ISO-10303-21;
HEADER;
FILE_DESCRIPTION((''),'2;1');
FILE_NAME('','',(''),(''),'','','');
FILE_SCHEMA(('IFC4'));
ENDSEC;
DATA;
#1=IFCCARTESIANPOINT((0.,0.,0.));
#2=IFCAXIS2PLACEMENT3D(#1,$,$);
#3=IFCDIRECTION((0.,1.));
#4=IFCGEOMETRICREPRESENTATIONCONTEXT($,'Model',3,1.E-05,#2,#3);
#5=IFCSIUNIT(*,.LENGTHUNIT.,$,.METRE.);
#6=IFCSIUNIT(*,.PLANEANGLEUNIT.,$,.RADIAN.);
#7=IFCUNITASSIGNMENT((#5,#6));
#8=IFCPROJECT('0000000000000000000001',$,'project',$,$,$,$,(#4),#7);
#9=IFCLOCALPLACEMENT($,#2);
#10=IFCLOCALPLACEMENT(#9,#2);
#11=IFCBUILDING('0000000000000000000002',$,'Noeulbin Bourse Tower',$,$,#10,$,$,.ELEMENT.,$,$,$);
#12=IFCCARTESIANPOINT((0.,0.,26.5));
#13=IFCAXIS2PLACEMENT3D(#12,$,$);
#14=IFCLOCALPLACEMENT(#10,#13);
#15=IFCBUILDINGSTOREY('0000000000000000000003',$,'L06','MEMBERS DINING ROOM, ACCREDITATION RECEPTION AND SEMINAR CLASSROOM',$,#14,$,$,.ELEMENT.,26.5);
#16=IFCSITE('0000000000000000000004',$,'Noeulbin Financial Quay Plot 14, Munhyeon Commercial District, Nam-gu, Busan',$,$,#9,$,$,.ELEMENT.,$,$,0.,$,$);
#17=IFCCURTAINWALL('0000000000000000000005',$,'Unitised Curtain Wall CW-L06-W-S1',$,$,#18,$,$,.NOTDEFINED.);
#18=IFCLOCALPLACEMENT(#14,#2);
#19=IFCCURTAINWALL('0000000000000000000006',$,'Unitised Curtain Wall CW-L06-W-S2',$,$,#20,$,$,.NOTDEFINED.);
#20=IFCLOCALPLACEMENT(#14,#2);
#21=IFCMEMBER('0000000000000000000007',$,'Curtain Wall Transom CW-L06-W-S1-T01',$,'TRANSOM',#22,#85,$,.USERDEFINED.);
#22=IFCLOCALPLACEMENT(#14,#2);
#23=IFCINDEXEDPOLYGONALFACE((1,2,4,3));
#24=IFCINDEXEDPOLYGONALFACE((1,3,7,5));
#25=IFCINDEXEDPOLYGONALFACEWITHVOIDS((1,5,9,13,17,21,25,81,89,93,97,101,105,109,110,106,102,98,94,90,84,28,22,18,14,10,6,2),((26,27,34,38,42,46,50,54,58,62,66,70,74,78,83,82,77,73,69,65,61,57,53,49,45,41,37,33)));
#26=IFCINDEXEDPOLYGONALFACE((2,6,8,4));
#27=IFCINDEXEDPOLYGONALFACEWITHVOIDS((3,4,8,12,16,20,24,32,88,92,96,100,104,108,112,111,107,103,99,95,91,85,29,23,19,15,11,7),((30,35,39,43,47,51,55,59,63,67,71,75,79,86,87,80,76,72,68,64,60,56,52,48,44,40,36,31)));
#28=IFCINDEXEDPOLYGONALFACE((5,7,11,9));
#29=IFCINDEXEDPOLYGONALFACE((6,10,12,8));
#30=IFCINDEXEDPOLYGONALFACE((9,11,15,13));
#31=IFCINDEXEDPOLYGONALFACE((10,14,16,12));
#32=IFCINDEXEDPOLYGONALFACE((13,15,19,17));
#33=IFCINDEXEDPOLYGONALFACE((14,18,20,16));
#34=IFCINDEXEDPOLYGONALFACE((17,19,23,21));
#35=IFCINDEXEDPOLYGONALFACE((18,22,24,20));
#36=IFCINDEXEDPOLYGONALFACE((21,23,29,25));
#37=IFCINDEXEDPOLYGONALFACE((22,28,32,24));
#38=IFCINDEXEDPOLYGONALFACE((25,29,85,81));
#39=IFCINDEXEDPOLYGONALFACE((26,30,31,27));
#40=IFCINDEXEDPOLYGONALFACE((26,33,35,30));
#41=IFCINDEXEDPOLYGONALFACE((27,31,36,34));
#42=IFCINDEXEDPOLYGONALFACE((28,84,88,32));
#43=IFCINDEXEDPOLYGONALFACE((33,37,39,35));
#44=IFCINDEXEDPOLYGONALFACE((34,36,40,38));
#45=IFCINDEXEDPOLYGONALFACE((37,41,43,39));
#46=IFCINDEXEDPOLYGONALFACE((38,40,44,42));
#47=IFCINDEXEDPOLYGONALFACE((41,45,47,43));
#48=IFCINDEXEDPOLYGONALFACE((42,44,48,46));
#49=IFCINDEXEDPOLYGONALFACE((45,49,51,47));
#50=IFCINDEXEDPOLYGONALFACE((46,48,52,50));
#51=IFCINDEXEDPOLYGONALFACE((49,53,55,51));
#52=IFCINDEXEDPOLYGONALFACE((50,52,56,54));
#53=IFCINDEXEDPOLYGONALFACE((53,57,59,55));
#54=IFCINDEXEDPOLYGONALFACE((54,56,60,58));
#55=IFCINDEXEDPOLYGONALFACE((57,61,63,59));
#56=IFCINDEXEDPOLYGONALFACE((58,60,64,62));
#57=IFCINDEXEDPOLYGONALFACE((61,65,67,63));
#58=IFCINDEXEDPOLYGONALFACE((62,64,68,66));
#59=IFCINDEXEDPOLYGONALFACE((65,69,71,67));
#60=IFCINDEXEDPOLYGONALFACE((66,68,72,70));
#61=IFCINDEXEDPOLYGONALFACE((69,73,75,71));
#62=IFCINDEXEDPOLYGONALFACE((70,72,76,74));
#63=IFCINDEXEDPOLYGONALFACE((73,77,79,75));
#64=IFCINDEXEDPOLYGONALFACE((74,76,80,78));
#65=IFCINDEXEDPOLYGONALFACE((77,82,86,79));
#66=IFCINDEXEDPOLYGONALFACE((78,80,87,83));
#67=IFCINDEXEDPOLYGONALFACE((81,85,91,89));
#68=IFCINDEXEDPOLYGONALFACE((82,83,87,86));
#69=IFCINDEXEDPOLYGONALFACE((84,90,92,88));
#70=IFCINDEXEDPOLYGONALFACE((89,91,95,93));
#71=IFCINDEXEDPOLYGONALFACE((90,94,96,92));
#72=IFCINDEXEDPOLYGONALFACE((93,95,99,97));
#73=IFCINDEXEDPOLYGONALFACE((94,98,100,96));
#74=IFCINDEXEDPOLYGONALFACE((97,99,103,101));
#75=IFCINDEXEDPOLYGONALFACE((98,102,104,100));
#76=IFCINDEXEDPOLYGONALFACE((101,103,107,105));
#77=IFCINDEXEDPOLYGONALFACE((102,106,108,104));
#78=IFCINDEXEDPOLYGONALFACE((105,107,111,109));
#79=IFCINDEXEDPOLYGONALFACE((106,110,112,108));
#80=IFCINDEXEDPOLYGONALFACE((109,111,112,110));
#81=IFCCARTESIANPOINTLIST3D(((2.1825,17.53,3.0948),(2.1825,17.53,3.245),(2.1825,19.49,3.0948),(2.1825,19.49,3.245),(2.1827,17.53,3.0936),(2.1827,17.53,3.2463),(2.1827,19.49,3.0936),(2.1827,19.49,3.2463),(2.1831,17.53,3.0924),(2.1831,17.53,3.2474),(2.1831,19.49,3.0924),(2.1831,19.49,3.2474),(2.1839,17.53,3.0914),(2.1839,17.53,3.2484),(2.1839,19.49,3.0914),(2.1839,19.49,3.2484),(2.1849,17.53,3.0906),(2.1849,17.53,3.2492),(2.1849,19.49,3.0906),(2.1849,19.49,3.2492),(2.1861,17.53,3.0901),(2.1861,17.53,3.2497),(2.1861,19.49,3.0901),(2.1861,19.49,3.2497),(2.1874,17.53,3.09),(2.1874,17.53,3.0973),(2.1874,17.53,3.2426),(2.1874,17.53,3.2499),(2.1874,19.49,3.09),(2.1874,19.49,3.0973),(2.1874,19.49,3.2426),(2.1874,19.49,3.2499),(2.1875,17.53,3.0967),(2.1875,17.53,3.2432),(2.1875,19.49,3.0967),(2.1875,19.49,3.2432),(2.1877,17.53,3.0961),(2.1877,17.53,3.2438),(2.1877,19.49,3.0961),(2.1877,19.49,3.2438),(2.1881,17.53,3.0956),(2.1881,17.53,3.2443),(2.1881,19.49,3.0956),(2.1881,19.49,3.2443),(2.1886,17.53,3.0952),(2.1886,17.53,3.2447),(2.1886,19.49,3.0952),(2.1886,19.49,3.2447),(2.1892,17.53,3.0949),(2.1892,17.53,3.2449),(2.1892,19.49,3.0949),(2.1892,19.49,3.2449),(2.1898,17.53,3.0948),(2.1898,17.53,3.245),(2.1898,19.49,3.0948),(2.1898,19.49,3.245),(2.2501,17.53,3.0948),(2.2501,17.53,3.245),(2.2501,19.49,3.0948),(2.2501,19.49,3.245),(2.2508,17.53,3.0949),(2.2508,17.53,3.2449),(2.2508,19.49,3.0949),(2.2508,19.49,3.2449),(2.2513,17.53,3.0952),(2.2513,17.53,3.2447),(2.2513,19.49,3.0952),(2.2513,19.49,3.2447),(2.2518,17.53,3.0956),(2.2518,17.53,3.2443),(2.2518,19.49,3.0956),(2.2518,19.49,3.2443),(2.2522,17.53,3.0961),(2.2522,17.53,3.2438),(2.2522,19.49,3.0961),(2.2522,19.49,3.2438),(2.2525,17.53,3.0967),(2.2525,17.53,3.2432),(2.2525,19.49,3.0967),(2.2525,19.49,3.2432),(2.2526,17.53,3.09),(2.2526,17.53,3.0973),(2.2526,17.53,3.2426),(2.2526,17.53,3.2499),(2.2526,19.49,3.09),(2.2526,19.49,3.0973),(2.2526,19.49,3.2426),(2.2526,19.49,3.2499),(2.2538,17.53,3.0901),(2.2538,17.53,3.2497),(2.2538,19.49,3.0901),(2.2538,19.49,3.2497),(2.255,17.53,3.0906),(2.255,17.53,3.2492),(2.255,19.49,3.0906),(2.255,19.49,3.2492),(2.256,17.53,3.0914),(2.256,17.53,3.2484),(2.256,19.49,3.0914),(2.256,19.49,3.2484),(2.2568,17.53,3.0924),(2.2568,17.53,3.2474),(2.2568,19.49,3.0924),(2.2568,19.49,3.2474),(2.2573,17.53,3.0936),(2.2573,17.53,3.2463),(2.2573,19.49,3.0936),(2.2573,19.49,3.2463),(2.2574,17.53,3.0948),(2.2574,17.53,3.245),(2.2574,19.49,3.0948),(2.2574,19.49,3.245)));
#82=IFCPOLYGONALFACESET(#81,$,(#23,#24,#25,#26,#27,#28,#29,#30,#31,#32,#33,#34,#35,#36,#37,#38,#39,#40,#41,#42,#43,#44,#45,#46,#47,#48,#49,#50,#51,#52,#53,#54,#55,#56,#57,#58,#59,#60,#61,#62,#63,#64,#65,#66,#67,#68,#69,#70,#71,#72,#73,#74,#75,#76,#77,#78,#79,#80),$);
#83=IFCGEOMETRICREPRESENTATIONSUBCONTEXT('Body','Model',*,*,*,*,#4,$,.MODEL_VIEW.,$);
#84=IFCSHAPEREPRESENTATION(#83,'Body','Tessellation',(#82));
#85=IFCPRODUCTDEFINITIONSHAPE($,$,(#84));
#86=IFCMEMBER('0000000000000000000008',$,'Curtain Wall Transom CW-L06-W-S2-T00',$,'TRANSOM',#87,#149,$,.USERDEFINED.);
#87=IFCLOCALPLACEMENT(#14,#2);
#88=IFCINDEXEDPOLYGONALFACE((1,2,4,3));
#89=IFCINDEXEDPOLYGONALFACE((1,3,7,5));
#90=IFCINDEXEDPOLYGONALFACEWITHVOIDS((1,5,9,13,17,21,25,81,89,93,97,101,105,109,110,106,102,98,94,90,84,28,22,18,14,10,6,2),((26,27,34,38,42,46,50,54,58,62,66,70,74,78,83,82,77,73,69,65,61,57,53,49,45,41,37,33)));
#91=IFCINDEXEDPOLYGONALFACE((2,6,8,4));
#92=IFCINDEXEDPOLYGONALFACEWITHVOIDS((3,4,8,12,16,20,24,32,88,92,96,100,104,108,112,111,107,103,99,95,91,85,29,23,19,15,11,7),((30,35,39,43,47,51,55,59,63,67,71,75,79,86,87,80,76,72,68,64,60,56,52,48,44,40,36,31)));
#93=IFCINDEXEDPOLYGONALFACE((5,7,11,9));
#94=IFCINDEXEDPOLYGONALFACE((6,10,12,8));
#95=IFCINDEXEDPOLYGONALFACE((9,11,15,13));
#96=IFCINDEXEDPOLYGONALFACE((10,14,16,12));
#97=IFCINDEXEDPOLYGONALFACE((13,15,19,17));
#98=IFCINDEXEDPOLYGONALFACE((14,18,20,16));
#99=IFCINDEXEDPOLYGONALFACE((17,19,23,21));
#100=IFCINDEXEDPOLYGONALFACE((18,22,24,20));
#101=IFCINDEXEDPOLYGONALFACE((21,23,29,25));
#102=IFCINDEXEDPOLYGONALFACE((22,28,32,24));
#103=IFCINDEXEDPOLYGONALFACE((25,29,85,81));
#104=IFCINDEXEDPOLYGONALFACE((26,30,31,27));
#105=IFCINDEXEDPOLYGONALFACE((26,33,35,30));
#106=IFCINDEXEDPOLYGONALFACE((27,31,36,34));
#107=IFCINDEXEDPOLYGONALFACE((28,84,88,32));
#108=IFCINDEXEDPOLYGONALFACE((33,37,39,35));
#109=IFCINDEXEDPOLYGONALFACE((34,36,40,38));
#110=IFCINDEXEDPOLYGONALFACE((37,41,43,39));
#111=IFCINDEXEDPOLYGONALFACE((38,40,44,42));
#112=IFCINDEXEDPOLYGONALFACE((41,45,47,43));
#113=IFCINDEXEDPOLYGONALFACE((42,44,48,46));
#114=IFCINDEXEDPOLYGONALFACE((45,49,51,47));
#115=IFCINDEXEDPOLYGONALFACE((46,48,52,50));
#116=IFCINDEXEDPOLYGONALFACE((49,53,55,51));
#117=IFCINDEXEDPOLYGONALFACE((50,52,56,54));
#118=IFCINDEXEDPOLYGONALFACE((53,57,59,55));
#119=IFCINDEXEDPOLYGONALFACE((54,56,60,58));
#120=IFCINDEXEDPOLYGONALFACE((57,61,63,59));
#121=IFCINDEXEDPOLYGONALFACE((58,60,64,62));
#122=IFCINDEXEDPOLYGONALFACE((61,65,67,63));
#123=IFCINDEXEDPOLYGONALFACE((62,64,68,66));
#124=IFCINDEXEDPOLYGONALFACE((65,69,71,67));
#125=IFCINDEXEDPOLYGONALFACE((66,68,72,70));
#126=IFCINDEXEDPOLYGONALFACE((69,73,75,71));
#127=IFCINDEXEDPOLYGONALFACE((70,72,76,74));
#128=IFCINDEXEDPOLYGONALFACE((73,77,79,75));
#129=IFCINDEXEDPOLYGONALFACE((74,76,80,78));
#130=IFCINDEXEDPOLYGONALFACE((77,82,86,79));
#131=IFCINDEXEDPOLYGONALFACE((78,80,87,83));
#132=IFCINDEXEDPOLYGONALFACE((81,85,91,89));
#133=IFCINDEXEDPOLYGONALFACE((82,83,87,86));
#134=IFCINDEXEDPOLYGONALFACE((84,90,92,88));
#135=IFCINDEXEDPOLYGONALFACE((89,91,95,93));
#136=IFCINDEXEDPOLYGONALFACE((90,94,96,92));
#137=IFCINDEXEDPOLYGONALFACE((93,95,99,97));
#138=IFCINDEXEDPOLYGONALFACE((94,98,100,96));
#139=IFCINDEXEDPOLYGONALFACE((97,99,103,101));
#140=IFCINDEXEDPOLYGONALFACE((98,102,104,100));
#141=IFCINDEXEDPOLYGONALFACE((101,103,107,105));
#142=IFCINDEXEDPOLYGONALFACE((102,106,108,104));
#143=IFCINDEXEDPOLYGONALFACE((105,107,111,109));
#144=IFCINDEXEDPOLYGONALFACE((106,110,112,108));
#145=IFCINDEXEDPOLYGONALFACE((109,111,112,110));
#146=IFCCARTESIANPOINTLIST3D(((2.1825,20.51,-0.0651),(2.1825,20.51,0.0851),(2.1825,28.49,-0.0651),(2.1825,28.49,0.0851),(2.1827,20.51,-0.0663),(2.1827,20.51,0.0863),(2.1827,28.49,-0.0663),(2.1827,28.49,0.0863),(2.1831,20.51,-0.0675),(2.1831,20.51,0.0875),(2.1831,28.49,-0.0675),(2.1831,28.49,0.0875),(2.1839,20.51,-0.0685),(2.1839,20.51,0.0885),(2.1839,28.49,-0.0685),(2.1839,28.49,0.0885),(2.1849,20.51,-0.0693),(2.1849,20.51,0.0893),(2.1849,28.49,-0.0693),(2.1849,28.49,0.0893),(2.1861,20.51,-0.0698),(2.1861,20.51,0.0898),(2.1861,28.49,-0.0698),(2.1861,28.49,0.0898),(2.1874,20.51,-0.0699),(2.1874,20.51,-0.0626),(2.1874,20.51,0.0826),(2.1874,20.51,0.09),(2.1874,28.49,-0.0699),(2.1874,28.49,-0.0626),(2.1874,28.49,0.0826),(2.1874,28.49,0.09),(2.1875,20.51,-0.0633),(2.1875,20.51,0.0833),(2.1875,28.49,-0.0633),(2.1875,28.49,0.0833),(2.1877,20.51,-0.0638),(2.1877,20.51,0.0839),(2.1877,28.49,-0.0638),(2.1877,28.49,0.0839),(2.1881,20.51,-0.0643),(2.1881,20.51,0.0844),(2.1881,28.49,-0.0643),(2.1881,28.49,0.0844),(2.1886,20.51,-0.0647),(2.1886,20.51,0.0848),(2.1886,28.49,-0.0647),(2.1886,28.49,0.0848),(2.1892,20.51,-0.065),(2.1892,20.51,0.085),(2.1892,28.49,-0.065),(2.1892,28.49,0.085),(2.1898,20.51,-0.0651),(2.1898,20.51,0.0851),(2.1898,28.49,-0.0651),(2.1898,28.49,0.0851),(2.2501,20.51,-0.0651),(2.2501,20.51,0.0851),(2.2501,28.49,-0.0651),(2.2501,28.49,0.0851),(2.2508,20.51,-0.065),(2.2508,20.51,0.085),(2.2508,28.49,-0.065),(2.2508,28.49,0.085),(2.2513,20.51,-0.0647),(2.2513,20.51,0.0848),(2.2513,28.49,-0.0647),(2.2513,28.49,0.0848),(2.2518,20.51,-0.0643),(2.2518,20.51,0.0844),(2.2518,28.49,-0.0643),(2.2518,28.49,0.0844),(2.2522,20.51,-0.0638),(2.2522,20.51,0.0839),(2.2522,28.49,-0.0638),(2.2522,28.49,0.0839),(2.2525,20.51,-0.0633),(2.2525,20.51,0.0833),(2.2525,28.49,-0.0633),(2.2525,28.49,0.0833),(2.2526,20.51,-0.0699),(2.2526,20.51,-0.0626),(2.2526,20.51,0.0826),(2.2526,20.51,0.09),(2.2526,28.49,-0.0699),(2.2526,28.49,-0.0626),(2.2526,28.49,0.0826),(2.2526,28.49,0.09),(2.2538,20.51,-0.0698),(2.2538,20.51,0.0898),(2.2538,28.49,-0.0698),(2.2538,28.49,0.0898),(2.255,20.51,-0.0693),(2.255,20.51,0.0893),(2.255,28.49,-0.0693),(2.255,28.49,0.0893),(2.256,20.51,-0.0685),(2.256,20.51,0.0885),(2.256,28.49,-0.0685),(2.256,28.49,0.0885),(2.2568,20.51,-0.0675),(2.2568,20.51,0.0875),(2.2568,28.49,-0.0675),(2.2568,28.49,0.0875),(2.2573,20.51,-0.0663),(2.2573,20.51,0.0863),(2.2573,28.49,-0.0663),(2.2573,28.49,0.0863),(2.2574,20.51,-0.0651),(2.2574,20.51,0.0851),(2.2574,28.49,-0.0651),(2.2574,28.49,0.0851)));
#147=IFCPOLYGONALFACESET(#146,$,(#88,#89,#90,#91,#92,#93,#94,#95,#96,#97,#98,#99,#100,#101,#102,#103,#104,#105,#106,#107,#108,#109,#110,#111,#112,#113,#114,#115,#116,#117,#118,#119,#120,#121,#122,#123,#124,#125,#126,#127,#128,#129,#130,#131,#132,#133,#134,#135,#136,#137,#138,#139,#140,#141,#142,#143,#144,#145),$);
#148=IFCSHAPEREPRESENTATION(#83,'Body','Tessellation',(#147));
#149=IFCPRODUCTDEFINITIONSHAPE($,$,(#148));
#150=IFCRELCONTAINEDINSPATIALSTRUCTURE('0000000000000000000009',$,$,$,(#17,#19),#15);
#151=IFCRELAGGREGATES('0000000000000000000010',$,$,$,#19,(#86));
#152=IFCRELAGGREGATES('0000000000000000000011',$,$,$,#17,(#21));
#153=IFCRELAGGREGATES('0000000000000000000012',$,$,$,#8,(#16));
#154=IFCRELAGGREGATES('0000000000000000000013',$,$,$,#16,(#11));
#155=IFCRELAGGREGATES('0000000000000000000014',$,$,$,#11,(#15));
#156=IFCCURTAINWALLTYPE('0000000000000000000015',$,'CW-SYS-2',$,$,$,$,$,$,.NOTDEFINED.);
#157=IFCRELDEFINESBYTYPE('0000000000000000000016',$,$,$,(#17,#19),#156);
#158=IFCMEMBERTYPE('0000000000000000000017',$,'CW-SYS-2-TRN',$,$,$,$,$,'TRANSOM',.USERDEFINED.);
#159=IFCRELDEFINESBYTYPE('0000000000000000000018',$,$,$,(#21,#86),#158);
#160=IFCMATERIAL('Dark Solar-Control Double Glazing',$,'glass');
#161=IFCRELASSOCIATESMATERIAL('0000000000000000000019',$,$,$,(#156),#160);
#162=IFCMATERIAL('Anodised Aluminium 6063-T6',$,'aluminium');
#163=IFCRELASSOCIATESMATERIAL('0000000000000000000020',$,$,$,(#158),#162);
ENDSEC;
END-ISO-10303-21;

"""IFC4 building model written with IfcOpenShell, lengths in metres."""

from ifc_helpers import new_model, si_unit, direction, frame, origin, origin_2d, place, context, subcontext, project, spatial, hollow_rectangle, extrude, material, material_profile, profile_set, type_object, element, aggregate, save


model = new_model("IFC4")

# Units and contexts
model_context = context("Model", 3, precision=1e-05, world=origin(), true_north=direction((0.0, 1.0)))
body_context = subcontext(model_context, "Body", "Model", "MODEL_VIEW")
ifc_project = project(units=[si_unit("LENGTHUNIT", "METRE"), si_unit("PLANEANGLEUNIT", "RADIAN")], contexts=[model_context])

# Site, building, storey
site_placement = place(None, origin())
site = spatial("IfcSite", under=ifc_project, at=site_placement, Name="Noeulbin Financial Quay Plot 14, Munhyeon Commercial District, Nam-gu, Busan", CompositionType="ELEMENT", RefElevation=0.0)
building_placement = place(site_placement, origin())
building = spatial("IfcBuilding", under=site, at=building_placement, Name="Noeulbin Bourse Tower", CompositionType="ELEMENT")
storey_placement = place(building_placement, frame((0.0, 0.0, 26.5)))
storey = spatial("IfcBuildingStorey", under=building, at=storey_placement, Name="L06", Description="MEMBERS DINING ROOM, ACCREDITATION RECEPTION AND SEMINAR CLASSROOM", CompositionType="ELEMENT", Elevation=26.5)

# Curtain wall
ifc_material_1 = material(Name="Dark Solar-Control Double Glazing", Category="glass")
curtain_wall_type = type_object("IfcCurtainWallType", Name="CW-SYS-2", PredefinedType="NOTDEFINED", material=ifc_material_1)
curtain_wall_1_placement = place(storey_placement, origin())
curtain_wall_1 = element("IfcCurtainWall", 1, at=curtain_wall_1_placement, inside=storey, type_object=curtain_wall_type, Name="Unitised Curtain Wall CW-L06-W-S1", PredefinedType="NOTDEFINED")
ifc_material_2 = material(Name="Anodised Aluminium 6063-T6", Category="aluminium")

# Curtain wall
curtain_wall_2_placement = place(storey_placement, origin())
curtain_wall_2 = element("IfcCurtainWall", 2, at=curtain_wall_2_placement, inside=storey, type_object=curtain_wall_type, Name="Unitised Curtain Wall CW-L06-W-S2", PredefinedType="NOTDEFINED")

# Members
ifc_material_profile_1 = material_profile(ifc_material_2, hollow_rectangle(XDim=0.075, YDim=0.1599, WallThickness=0.0049, InnerFilletRadius=0.0024, OuterFilletRadius=0.0049, at=origin_2d()), Name="ALU-TRAN-75x160x5", Category="LoadBearing")
ifc_profile_set_1 = profile_set([ifc_material_profile_1], Name="Anodised Aluminium 6063-T6")
member_type_1 = type_object("IfcMemberType", Name="CW-SYS-2-TRN", ElementType="TRANSOM", PredefinedType="USERDEFINED", material=ifc_profile_set_1)
member_1_placement = place(storey_placement, frame((2.22, 17.53, 3.1699), z_axis=(0.0, 1.0, 0.0), x_axis=(-1.0, 0.0, 0.0)))
member_1 = element("IfcMember", 3, at=member_1_placement, type_object=member_type_1, Name="Curtain Wall Transom CW-L06-W-S1-T01", ObjectType="TRANSOM", PredefinedType="USERDEFINED", context=body_context, shape_type="SweptSolid", body=[
    extrude(hollow_rectangle(XDim=0.075, YDim=0.1599, WallThickness=0.0049, InnerFilletRadius=0.0024, OuterFilletRadius=0.0049, at=origin_2d()), origin(), (0.0, 0.0, 1.0), 1.96),
])
member_2_placement = place(storey_placement, frame((2.22, 20.51, 0.01), z_axis=(0.0, 1.0, 0.0), x_axis=(-1.0, 0.0, 0.0)))
member_2 = element("IfcMember", 4, at=member_2_placement, type_object=member_type_1, Name="Curtain Wall Transom CW-L06-W-S2-T00", ObjectType="TRANSOM", PredefinedType="USERDEFINED", context=body_context, shape_type="SweptSolid", body=[
    extrude(hollow_rectangle(XDim=0.075, YDim=0.1599, WallThickness=0.0049, InnerFilletRadius=0.0024, OuterFilletRadius=0.0049, at=origin_2d()), origin(), (0.0, 0.0, 1.0), 7.98),
])
aggregate(curtain_wall_2, [member_2])

aggregate(curtain_wall_1, [member_1])

save(model, "model.ifc")
